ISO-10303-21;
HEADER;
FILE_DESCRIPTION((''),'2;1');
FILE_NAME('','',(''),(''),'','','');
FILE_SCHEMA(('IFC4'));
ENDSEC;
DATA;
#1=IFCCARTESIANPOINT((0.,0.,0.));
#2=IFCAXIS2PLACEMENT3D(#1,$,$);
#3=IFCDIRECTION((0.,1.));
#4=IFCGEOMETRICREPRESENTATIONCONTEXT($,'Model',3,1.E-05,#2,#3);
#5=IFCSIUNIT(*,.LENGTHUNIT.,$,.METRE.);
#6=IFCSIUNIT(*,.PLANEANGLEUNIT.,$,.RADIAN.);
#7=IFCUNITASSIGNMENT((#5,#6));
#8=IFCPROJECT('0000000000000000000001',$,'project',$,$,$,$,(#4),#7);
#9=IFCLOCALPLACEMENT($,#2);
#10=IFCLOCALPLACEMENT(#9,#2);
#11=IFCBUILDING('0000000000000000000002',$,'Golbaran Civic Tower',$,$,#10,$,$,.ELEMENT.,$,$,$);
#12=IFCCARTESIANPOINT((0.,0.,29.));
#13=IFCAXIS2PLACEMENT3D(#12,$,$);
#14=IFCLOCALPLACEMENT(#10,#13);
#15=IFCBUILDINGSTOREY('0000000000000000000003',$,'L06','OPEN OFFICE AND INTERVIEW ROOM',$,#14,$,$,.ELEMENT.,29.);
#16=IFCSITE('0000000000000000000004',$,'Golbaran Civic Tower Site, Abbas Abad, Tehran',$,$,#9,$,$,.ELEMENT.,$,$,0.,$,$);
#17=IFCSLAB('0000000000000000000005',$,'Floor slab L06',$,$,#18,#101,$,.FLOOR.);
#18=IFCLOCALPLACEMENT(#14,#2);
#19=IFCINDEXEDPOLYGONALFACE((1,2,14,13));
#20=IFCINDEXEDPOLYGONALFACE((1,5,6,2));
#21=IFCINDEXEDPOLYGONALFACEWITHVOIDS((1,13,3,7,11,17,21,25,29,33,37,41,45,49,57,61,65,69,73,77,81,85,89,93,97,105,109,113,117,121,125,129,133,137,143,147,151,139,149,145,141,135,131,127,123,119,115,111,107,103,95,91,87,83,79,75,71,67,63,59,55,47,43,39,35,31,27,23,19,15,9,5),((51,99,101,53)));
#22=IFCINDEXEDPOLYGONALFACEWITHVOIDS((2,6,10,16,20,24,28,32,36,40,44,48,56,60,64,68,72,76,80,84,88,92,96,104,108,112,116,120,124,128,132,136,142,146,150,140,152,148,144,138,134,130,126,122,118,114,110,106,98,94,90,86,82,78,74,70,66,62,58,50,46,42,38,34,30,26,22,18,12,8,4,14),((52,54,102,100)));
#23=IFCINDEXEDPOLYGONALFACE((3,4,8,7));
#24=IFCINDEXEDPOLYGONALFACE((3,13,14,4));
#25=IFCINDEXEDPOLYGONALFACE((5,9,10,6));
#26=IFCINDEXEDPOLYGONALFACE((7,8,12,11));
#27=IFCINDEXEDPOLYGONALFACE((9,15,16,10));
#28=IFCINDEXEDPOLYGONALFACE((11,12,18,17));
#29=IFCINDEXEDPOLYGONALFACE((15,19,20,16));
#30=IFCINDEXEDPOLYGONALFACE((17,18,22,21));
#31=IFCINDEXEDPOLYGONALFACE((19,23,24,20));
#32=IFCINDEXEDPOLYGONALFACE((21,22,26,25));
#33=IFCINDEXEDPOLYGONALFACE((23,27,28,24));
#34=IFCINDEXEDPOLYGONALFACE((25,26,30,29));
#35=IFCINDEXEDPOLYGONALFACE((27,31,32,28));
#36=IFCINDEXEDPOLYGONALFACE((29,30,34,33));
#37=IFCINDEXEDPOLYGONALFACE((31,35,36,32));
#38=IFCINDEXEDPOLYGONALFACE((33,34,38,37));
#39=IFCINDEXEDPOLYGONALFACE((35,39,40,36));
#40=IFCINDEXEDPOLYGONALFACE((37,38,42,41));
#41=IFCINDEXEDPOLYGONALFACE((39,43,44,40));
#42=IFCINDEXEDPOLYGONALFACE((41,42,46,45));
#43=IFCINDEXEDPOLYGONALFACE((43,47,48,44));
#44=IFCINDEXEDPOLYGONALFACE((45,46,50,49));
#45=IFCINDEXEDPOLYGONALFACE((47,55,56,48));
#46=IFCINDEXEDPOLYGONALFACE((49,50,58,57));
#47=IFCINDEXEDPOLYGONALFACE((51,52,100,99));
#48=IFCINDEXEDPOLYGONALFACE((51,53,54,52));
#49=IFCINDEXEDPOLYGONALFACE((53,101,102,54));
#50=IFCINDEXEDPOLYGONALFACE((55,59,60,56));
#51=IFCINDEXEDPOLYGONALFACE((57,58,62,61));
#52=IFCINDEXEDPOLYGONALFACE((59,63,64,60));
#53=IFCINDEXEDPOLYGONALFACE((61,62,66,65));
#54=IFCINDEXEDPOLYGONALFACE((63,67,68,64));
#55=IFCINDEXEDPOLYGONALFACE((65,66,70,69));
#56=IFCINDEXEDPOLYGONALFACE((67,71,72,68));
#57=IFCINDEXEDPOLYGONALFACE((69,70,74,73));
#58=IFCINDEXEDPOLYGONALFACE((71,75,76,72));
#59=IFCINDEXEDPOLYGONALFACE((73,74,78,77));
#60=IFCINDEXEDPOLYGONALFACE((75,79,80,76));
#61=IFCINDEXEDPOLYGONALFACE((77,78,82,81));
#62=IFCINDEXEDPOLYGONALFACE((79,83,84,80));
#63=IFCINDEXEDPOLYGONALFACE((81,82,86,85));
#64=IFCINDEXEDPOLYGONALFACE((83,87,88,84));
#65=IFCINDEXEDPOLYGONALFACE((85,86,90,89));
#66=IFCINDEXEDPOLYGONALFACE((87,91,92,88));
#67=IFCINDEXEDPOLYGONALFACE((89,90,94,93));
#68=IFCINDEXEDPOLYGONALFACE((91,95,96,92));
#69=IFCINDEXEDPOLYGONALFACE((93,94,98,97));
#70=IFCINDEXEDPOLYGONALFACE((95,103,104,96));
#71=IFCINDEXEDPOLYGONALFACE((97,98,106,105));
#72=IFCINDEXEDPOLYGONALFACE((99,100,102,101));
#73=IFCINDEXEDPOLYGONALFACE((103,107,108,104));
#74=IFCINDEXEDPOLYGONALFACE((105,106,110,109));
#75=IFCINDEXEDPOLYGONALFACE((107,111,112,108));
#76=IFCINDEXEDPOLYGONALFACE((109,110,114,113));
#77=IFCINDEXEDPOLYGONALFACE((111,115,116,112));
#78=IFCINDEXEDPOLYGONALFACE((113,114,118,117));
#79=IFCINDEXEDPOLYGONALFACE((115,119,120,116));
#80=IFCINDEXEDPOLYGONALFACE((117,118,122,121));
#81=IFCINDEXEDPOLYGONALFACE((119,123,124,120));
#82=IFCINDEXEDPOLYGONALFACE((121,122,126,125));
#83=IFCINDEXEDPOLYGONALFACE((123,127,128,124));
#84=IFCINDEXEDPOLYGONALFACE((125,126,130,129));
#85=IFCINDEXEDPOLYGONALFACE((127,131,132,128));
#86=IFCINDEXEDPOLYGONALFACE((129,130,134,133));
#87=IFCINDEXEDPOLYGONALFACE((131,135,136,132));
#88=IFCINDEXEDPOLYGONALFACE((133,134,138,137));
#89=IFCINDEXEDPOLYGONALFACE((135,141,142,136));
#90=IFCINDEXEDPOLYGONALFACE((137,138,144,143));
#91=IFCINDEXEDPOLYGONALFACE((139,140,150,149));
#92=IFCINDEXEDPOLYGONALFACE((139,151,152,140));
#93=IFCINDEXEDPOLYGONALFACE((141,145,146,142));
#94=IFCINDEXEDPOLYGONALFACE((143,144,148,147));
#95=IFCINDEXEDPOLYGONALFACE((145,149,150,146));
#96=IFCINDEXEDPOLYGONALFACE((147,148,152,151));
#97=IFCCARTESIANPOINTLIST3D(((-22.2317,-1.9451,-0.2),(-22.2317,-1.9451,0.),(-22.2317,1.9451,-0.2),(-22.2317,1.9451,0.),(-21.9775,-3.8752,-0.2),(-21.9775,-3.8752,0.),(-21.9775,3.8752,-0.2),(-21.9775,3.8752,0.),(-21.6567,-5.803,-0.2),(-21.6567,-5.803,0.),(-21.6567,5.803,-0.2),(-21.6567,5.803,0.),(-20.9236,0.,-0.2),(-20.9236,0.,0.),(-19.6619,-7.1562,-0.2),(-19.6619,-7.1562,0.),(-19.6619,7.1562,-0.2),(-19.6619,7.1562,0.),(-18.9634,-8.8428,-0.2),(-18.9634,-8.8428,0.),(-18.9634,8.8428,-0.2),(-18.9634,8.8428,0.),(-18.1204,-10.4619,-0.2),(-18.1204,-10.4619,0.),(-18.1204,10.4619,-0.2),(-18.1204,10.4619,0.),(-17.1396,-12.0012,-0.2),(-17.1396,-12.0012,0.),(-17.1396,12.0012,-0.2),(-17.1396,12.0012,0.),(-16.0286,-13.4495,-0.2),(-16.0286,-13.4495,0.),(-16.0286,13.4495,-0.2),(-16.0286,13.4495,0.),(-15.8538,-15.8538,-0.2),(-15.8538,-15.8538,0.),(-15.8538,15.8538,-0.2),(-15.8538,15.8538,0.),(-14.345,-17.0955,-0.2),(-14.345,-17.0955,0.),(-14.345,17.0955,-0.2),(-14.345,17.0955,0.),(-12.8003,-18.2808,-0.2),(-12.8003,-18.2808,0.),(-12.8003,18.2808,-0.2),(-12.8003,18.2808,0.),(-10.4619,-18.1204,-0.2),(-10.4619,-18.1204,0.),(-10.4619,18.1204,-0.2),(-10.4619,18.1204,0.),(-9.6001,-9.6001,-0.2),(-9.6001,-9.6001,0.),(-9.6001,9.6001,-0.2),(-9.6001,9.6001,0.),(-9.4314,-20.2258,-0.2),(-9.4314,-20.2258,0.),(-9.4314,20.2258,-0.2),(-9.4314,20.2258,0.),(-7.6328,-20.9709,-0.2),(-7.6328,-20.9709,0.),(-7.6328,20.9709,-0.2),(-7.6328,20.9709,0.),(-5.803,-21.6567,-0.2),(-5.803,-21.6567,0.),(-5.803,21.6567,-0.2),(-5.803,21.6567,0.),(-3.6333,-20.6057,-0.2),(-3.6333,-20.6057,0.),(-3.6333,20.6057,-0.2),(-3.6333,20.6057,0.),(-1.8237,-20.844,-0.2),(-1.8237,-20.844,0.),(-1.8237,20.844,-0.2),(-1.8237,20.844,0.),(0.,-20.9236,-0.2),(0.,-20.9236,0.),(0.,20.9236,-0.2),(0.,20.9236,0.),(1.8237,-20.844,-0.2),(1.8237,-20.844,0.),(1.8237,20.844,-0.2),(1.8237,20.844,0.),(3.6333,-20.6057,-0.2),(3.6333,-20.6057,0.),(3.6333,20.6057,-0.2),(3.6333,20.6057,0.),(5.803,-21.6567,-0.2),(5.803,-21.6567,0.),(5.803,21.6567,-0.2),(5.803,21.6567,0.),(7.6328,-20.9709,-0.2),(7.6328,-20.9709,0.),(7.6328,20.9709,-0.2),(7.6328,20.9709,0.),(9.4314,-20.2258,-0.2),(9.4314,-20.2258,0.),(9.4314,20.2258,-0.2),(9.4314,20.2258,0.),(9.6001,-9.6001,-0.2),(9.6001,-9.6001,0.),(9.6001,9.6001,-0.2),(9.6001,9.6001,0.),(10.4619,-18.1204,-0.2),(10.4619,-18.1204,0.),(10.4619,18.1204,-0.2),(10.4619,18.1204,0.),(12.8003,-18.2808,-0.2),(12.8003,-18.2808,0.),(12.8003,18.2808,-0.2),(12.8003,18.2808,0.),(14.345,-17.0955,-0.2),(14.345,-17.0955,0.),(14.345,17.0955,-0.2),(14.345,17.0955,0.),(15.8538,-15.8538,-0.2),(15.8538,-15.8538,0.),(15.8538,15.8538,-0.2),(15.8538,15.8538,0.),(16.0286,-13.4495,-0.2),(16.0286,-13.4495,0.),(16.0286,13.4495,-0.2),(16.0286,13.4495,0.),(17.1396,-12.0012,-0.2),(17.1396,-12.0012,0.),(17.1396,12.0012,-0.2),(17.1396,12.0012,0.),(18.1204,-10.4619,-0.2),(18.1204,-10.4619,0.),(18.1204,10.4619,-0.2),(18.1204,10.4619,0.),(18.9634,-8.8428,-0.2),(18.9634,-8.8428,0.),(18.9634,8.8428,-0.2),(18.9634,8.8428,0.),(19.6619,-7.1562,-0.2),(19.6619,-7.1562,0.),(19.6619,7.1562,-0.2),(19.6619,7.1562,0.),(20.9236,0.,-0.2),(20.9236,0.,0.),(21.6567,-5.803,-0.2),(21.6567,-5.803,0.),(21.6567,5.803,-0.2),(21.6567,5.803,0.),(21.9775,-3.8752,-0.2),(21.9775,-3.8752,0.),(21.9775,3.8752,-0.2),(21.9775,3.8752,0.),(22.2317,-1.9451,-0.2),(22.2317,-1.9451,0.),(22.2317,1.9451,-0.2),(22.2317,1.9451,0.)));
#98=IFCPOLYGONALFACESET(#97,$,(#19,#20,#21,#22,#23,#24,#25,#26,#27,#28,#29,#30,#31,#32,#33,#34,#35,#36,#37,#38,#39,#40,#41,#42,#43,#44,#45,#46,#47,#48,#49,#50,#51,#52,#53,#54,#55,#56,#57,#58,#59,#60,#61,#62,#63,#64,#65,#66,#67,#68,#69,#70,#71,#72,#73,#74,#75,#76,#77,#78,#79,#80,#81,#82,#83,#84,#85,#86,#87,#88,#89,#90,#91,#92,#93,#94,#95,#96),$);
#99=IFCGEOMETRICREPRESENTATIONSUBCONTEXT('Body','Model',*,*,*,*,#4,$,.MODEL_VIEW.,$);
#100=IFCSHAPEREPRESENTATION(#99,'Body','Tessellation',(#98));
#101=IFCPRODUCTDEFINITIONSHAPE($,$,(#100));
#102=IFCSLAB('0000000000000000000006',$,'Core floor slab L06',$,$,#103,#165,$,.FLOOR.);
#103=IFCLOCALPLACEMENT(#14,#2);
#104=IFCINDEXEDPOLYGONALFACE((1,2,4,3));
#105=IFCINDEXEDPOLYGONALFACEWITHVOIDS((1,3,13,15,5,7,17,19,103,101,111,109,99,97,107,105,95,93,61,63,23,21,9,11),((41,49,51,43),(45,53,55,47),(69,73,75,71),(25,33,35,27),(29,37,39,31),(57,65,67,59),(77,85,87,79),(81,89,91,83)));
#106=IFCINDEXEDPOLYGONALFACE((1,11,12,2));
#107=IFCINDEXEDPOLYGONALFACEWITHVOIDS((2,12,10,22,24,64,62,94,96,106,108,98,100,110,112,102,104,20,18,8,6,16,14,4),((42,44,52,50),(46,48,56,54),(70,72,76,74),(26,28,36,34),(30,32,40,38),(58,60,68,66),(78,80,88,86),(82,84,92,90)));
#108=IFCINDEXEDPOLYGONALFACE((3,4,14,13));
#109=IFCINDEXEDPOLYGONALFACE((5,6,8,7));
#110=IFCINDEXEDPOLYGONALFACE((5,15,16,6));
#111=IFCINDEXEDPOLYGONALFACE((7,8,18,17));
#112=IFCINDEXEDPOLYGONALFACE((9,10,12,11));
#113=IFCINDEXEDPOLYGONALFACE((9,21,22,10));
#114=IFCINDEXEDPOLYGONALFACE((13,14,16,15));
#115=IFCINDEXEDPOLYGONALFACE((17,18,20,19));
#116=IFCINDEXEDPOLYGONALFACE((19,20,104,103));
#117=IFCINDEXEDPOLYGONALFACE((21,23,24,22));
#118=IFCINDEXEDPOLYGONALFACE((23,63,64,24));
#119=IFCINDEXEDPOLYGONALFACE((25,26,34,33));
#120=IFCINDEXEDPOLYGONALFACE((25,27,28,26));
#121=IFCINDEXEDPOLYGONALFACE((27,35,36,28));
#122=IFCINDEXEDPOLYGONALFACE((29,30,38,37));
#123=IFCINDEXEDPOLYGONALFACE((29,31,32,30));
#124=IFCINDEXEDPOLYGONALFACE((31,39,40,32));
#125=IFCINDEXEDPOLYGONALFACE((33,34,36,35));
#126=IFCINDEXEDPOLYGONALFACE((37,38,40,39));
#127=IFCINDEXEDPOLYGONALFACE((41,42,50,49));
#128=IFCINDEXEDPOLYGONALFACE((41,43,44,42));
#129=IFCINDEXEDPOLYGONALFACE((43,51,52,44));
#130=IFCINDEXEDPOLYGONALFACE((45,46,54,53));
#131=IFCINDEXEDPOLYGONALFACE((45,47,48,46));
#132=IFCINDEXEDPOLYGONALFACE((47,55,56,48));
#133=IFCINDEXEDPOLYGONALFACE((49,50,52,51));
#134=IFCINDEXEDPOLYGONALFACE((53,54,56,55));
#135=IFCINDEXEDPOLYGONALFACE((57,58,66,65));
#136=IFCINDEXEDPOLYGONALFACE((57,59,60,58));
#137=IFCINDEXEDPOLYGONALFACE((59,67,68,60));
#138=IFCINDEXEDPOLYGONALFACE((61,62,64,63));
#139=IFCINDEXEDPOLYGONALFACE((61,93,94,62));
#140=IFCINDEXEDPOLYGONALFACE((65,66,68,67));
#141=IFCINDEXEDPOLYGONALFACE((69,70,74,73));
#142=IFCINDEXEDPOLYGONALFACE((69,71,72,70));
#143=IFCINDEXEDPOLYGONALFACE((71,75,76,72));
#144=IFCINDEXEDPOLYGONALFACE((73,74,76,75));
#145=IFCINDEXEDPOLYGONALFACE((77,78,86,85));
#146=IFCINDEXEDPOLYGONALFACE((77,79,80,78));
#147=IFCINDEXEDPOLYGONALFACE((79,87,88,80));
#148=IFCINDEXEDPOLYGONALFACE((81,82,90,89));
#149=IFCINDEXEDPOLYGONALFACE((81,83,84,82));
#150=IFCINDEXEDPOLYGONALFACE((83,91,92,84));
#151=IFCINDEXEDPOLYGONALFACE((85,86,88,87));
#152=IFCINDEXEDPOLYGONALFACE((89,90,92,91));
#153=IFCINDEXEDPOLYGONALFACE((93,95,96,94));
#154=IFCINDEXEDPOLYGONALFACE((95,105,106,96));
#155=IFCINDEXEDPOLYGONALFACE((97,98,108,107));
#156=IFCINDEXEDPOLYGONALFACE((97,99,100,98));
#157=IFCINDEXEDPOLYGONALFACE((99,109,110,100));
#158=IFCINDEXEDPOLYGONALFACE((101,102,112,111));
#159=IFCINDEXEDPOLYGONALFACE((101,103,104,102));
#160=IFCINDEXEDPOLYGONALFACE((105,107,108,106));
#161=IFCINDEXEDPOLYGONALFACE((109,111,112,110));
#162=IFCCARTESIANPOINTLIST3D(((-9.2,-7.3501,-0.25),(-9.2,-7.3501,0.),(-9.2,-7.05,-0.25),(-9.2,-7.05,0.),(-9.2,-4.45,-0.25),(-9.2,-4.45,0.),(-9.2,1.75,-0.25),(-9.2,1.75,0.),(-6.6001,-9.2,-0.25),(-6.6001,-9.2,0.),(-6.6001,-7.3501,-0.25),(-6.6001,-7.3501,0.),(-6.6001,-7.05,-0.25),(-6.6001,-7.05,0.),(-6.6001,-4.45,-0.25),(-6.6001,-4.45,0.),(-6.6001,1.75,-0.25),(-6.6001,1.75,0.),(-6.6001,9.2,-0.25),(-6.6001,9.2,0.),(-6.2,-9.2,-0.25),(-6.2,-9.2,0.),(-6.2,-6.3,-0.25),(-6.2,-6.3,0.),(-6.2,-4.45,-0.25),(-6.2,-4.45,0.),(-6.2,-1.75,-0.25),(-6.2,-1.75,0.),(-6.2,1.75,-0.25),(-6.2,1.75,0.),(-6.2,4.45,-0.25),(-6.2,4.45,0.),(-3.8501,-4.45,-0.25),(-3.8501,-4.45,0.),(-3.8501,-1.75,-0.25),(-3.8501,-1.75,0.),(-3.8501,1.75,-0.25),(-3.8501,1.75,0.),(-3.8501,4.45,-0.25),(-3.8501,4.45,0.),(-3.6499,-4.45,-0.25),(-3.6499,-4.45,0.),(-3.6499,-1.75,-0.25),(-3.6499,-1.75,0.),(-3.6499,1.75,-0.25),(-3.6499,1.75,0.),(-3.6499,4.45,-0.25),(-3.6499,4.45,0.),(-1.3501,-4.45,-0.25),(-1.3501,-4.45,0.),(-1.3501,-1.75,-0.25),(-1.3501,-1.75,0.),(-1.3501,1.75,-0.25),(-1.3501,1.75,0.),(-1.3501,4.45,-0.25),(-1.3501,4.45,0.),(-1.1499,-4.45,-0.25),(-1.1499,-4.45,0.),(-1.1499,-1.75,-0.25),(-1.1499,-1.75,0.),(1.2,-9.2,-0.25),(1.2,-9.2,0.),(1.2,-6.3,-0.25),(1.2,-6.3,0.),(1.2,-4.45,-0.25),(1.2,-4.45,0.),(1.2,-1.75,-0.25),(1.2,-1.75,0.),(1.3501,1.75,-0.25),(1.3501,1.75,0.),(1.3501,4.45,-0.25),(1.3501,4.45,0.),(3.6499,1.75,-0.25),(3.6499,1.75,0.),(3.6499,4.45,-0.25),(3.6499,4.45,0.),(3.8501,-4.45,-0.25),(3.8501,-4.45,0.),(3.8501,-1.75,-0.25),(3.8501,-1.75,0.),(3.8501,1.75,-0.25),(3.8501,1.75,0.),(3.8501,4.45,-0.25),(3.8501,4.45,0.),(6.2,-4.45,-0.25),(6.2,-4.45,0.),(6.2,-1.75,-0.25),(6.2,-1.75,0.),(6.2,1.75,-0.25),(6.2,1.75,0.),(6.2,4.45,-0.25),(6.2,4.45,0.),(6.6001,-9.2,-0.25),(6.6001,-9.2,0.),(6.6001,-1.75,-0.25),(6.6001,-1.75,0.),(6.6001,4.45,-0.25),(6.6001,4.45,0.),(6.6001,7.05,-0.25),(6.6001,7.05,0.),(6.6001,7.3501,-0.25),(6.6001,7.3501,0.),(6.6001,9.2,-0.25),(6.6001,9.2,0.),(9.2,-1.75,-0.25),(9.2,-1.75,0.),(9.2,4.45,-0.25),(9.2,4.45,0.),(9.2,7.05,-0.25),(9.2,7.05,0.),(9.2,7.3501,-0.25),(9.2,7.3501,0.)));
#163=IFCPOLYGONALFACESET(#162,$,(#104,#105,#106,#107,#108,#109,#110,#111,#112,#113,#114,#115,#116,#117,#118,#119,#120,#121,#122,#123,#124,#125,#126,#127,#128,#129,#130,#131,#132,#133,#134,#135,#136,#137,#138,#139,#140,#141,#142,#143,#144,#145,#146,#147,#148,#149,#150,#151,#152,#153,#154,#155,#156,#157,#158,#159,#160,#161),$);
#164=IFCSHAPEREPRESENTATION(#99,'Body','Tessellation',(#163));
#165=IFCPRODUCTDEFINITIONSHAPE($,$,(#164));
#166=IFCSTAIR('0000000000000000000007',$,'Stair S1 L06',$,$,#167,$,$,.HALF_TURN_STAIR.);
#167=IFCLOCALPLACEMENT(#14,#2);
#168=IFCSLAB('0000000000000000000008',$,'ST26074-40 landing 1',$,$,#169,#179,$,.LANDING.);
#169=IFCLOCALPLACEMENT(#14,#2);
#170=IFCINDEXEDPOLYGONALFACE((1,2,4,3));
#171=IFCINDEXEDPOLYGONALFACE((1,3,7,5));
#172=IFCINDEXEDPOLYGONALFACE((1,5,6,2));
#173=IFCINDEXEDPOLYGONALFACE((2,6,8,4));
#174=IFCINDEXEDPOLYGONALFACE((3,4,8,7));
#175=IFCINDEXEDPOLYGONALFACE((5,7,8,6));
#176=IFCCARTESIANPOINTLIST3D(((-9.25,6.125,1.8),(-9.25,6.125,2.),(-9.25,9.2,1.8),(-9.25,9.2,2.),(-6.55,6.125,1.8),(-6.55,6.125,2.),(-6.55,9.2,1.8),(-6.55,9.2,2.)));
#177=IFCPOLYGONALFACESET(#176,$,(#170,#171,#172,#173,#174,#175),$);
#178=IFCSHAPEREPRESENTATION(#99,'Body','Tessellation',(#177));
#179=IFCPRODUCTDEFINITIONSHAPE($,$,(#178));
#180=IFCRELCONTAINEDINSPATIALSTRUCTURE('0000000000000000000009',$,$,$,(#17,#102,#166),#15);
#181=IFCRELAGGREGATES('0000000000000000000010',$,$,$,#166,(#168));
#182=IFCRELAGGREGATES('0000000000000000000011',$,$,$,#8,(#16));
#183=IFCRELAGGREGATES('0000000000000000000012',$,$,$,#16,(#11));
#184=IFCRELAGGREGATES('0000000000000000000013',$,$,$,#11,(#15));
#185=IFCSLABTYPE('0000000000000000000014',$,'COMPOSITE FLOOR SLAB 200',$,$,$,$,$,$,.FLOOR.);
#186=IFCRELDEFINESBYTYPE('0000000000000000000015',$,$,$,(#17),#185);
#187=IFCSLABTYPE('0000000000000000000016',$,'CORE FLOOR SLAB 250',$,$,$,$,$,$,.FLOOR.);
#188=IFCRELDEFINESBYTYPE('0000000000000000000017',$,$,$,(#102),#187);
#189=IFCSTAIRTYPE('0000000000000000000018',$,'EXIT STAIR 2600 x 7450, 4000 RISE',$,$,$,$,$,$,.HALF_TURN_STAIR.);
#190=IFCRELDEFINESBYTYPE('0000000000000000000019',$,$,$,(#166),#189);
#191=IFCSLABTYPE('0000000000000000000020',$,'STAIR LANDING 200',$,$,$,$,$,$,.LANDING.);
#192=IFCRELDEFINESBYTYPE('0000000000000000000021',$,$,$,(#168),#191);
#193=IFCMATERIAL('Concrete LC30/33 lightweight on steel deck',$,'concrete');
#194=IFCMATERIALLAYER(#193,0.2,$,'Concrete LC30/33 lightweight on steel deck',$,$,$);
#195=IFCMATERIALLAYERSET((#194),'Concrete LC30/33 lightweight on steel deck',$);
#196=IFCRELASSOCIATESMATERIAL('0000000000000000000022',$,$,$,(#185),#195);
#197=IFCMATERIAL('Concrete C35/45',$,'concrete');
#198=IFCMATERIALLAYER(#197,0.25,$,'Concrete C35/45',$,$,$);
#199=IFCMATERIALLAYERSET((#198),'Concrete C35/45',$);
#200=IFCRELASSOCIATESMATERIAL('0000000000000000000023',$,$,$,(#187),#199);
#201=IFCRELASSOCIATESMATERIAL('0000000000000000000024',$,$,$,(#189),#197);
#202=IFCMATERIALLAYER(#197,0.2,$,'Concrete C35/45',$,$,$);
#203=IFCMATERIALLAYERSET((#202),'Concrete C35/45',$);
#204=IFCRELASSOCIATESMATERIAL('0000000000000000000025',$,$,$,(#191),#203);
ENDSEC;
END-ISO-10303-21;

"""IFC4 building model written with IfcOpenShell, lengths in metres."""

from ifc_helpers import new_model, si_unit, direction, frame, origin, place, context, subcontext, project, spatial, polyline, outline, extrude, material, layer, layer_set, type_object, element, aggregate, save


model = new_model("IFC4")

# Units and contexts
model_context = context("Model", 3, precision=1e-05, world=origin(), true_north=direction((0.0, 1.0)))
body_context = subcontext(model_context, "Body", "Model", "MODEL_VIEW")
ifc_project = project(units=[si_unit("LENGTHUNIT", "METRE"), si_unit("PLANEANGLEUNIT", "RADIAN")], contexts=[model_context])

# Site, building, storey
site_placement = place(None, origin())
site = spatial("IfcSite", under=ifc_project, at=site_placement, Name="Golbaran Civic Tower Site, Abbas Abad, Tehran", CompositionType="ELEMENT", RefElevation=0.0)
building_placement = place(site_placement, origin())
building = spatial("IfcBuilding", under=site, at=building_placement, Name="Golbaran Civic Tower", CompositionType="ELEMENT")
storey_placement = place(building_placement, frame((0.0, 0.0, 29.0)))
storey = spatial("IfcBuildingStorey", under=building, at=storey_placement, Name="L06", Description="OPEN OFFICE AND INTERVIEW ROOM", CompositionType="ELEMENT", Elevation=29.0)

# Slabs
ifc_material_1 = material(Name="Concrete LC30/33 lightweight on steel deck", Category="concrete")
ifc_layer_1 = layer(ifc_material_1, 0.2, Name="Concrete LC30/33 lightweight on steel deck")
ifc_layer_set_1 = layer_set([ifc_layer_1], Name="Concrete LC30/33 lightweight on steel deck")
slab_type_1 = type_object("IfcSlabType", Name="COMPOSITE FLOOR SLAB 200", PredefinedType="FLOOR", material=ifc_layer_set_1)
slab_1_placement = place(storey_placement, frame((0.0, 0.0, -0.2)))
element("IfcSlab", 1, at=slab_1_placement, inside=storey, type_object=slab_type_1, Name="Floor slab L06", PredefinedType="FLOOR", context=body_context, shape_type="SweptSolid", body=[
    extrude(outline(polyline([(21.9775, -3.8752), (21.6567, -5.803), (19.6619, -7.1562), (18.9634, -8.8428), (18.1204, -10.4619), (17.1396, -12.0012), (16.0286, -13.4495), (15.8538, -15.8538), (14.345, -17.0955), (12.8003, -18.2808), (10.4619, -18.1204), (9.4314, -20.2258), (7.6328, -20.9709), (5.803, -21.6567), (3.6333, -20.6057), (1.8237, -20.844), (0.0, -20.9236), (-1.8237, -20.844), (-3.6333, -20.6057), (-5.803, -21.6567), (-7.6328, -20.9709), (-9.4314, -20.2258), (-10.4619, -18.1204), (-12.8003, -18.2808), (-14.345, -17.0955), (-15.8538, -15.8538), (-16.0286, -13.4495), (-17.1396, -12.0012), (-18.1204, -10.4619), (-18.9634, -8.8428), (-19.6619, -7.1562), (-21.6567, -5.803), (-21.9775, -3.8752), (-22.2317, -1.9451), (-20.9236, 0.0), (-22.2317, 1.9451), (-21.9775, 3.8752), (-21.6567, 5.803), (-19.6619, 7.1562), (-18.9634, 8.8428), (-18.1204, 10.4619), (-17.1396, 12.0012), (-16.0286, 13.4495), (-15.8538, 15.8538), (-14.345, 17.0955), (-12.8003, 18.2808), (-10.4619, 18.1204), (-9.4314, 20.2258), (-7.6328, 20.9709), (-5.803, 21.6567), (-3.6333, 20.6057), (-1.8237, 20.844), (0.0, 20.9236), (1.8237, 20.844), (3.6333, 20.6057), (5.803, 21.6567), (7.6328, 20.9709), (9.4314, 20.2258), (10.4619, 18.1204), (12.8003, 18.2808), (14.345, 17.0955), (15.8538, 15.8538), (16.0286, 13.4495), (17.1396, 12.0012), (18.1204, 10.4619), (18.9634, 8.8428), (19.6619, 7.1562), (21.6567, 5.803), (21.9775, 3.8752), (22.2317, 1.9451), (20.9236, 0.0), (22.2317, -1.9451), (21.9775, -3.8752)]), holes=[polyline([(-9.6001, 9.6001), (-9.6001, -9.6001), (9.6001, -9.6001), (9.6001, 9.6001), (-9.6001, 9.6001)])]), origin(), (0.0, 0.0, 1.0), 0.2),
])
ifc_material_2 = material(Name="Concrete C35/45", Category="concrete")
ifc_layer_2 = layer(ifc_material_2, 0.25, Name="Concrete C35/45")
ifc_layer_set_2 = layer_set([ifc_layer_2], Name="Concrete C35/45")
slab_type_2 = type_object("IfcSlabType", Name="CORE FLOOR SLAB 250", PredefinedType="FLOOR", material=ifc_layer_set_2)
slab_2_placement = place(storey_placement, frame((0.0, 0.0, -0.25)))
element("IfcSlab", 2, at=slab_2_placement, inside=storey, type_object=slab_type_2, Name="Core floor slab L06", PredefinedType="FLOOR", context=body_context, shape_type="SweptSolid", body=[
    extrude(outline(polyline([(6.6001, -1.75), (6.6001, -9.2), (1.2, -9.2), (1.2, -6.3), (-6.2, -6.3), (-6.2, -9.2), (-6.6001, -9.2), (-6.6001, -7.3501), (-9.2, -7.3501), (-9.2, -7.05), (-6.6001, -7.05), (-6.6001, -4.45), (-9.2, -4.45), (-9.2, 1.75), (-6.6001, 1.75), (-6.6001, 9.2), (6.6001, 9.2), (6.6001, 7.3501), (9.2, 7.3501), (9.2, 7.05), (6.6001, 7.05), (6.6001, 4.45), (9.2, 4.45), (9.2, -1.75), (6.6001, -1.75)]), holes=[polyline([(6.2, -1.75), (3.8501, -1.75), (3.8501, -4.45), (6.2, -4.45), (6.2, -1.75)]), polyline([(6.2, 4.45), (3.8501, 4.45), (3.8501, 1.75), (6.2, 1.75), (6.2, 4.45)]), polyline([(3.6499, 4.45), (1.3501, 4.45), (1.3501, 1.75), (3.6499, 1.75), (3.6499, 4.45)]), polyline([(1.2, -1.75), (-1.1499, -1.75), (-1.1499, -4.45), (1.2, -4.45), (1.2, -1.75)]), polyline([(-1.3501, 4.45), (-3.6499, 4.45), (-3.6499, 1.75), (-1.3501, 1.75), (-1.3501, 4.45)]), polyline([(-1.3501, -1.75), (-3.6499, -1.75), (-3.6499, -4.45), (-1.3501, -4.45), (-1.3501, -1.75)]), polyline([(-3.8501, -1.75), (-6.2, -1.75), (-6.2, -4.45), (-3.8501, -4.45), (-3.8501, -1.75)]), polyline([(-3.8501, 4.45), (-6.2, 4.45), (-6.2, 1.75), (-3.8501, 1.75), (-3.8501, 4.45)])]), origin(), (0.0, 0.0, 1.0), 0.25),
])

# Stair, slab
stair_type = type_object("IfcStairType", Name="EXIT STAIR 2600 x 7450, 4000 RISE", PredefinedType="HALF_TURN_STAIR", material=ifc_material_2)
stair_placement = place(storey_placement, origin())
stair = element("IfcStair", 3, at=stair_placement, inside=storey, type_object=stair_type, Name="Stair S1 L06", PredefinedType="HALF_TURN_STAIR")
ifc_layer_3 = layer(ifc_material_2, 0.2, Name="Concrete C35/45")
ifc_layer_set_3 = layer_set([ifc_layer_3], Name="Concrete C35/45")
slab_type_3 = type_object("IfcSlabType", Name="STAIR LANDING 200", PredefinedType="LANDING", material=ifc_layer_set_3)
slab_3_placement = place(storey_placement, frame((0.0, 0.0, 1.8)))
slab_3 = element("IfcSlab", 4, at=slab_3_placement, type_object=slab_type_3, Name="ST26074-40 landing 1", PredefinedType="LANDING", context=body_context, shape_type="SweptSolid", body=[
    extrude(outline(polyline([(-9.25, 6.125), (-9.25, 9.2), (-6.55, 9.2), (-6.55, 6.125), (-9.25, 6.125)])), origin(), (0.0, 0.0, 1.0), 0.2),
])

aggregate(stair, [slab_3])

save(model, "model.ifc")
